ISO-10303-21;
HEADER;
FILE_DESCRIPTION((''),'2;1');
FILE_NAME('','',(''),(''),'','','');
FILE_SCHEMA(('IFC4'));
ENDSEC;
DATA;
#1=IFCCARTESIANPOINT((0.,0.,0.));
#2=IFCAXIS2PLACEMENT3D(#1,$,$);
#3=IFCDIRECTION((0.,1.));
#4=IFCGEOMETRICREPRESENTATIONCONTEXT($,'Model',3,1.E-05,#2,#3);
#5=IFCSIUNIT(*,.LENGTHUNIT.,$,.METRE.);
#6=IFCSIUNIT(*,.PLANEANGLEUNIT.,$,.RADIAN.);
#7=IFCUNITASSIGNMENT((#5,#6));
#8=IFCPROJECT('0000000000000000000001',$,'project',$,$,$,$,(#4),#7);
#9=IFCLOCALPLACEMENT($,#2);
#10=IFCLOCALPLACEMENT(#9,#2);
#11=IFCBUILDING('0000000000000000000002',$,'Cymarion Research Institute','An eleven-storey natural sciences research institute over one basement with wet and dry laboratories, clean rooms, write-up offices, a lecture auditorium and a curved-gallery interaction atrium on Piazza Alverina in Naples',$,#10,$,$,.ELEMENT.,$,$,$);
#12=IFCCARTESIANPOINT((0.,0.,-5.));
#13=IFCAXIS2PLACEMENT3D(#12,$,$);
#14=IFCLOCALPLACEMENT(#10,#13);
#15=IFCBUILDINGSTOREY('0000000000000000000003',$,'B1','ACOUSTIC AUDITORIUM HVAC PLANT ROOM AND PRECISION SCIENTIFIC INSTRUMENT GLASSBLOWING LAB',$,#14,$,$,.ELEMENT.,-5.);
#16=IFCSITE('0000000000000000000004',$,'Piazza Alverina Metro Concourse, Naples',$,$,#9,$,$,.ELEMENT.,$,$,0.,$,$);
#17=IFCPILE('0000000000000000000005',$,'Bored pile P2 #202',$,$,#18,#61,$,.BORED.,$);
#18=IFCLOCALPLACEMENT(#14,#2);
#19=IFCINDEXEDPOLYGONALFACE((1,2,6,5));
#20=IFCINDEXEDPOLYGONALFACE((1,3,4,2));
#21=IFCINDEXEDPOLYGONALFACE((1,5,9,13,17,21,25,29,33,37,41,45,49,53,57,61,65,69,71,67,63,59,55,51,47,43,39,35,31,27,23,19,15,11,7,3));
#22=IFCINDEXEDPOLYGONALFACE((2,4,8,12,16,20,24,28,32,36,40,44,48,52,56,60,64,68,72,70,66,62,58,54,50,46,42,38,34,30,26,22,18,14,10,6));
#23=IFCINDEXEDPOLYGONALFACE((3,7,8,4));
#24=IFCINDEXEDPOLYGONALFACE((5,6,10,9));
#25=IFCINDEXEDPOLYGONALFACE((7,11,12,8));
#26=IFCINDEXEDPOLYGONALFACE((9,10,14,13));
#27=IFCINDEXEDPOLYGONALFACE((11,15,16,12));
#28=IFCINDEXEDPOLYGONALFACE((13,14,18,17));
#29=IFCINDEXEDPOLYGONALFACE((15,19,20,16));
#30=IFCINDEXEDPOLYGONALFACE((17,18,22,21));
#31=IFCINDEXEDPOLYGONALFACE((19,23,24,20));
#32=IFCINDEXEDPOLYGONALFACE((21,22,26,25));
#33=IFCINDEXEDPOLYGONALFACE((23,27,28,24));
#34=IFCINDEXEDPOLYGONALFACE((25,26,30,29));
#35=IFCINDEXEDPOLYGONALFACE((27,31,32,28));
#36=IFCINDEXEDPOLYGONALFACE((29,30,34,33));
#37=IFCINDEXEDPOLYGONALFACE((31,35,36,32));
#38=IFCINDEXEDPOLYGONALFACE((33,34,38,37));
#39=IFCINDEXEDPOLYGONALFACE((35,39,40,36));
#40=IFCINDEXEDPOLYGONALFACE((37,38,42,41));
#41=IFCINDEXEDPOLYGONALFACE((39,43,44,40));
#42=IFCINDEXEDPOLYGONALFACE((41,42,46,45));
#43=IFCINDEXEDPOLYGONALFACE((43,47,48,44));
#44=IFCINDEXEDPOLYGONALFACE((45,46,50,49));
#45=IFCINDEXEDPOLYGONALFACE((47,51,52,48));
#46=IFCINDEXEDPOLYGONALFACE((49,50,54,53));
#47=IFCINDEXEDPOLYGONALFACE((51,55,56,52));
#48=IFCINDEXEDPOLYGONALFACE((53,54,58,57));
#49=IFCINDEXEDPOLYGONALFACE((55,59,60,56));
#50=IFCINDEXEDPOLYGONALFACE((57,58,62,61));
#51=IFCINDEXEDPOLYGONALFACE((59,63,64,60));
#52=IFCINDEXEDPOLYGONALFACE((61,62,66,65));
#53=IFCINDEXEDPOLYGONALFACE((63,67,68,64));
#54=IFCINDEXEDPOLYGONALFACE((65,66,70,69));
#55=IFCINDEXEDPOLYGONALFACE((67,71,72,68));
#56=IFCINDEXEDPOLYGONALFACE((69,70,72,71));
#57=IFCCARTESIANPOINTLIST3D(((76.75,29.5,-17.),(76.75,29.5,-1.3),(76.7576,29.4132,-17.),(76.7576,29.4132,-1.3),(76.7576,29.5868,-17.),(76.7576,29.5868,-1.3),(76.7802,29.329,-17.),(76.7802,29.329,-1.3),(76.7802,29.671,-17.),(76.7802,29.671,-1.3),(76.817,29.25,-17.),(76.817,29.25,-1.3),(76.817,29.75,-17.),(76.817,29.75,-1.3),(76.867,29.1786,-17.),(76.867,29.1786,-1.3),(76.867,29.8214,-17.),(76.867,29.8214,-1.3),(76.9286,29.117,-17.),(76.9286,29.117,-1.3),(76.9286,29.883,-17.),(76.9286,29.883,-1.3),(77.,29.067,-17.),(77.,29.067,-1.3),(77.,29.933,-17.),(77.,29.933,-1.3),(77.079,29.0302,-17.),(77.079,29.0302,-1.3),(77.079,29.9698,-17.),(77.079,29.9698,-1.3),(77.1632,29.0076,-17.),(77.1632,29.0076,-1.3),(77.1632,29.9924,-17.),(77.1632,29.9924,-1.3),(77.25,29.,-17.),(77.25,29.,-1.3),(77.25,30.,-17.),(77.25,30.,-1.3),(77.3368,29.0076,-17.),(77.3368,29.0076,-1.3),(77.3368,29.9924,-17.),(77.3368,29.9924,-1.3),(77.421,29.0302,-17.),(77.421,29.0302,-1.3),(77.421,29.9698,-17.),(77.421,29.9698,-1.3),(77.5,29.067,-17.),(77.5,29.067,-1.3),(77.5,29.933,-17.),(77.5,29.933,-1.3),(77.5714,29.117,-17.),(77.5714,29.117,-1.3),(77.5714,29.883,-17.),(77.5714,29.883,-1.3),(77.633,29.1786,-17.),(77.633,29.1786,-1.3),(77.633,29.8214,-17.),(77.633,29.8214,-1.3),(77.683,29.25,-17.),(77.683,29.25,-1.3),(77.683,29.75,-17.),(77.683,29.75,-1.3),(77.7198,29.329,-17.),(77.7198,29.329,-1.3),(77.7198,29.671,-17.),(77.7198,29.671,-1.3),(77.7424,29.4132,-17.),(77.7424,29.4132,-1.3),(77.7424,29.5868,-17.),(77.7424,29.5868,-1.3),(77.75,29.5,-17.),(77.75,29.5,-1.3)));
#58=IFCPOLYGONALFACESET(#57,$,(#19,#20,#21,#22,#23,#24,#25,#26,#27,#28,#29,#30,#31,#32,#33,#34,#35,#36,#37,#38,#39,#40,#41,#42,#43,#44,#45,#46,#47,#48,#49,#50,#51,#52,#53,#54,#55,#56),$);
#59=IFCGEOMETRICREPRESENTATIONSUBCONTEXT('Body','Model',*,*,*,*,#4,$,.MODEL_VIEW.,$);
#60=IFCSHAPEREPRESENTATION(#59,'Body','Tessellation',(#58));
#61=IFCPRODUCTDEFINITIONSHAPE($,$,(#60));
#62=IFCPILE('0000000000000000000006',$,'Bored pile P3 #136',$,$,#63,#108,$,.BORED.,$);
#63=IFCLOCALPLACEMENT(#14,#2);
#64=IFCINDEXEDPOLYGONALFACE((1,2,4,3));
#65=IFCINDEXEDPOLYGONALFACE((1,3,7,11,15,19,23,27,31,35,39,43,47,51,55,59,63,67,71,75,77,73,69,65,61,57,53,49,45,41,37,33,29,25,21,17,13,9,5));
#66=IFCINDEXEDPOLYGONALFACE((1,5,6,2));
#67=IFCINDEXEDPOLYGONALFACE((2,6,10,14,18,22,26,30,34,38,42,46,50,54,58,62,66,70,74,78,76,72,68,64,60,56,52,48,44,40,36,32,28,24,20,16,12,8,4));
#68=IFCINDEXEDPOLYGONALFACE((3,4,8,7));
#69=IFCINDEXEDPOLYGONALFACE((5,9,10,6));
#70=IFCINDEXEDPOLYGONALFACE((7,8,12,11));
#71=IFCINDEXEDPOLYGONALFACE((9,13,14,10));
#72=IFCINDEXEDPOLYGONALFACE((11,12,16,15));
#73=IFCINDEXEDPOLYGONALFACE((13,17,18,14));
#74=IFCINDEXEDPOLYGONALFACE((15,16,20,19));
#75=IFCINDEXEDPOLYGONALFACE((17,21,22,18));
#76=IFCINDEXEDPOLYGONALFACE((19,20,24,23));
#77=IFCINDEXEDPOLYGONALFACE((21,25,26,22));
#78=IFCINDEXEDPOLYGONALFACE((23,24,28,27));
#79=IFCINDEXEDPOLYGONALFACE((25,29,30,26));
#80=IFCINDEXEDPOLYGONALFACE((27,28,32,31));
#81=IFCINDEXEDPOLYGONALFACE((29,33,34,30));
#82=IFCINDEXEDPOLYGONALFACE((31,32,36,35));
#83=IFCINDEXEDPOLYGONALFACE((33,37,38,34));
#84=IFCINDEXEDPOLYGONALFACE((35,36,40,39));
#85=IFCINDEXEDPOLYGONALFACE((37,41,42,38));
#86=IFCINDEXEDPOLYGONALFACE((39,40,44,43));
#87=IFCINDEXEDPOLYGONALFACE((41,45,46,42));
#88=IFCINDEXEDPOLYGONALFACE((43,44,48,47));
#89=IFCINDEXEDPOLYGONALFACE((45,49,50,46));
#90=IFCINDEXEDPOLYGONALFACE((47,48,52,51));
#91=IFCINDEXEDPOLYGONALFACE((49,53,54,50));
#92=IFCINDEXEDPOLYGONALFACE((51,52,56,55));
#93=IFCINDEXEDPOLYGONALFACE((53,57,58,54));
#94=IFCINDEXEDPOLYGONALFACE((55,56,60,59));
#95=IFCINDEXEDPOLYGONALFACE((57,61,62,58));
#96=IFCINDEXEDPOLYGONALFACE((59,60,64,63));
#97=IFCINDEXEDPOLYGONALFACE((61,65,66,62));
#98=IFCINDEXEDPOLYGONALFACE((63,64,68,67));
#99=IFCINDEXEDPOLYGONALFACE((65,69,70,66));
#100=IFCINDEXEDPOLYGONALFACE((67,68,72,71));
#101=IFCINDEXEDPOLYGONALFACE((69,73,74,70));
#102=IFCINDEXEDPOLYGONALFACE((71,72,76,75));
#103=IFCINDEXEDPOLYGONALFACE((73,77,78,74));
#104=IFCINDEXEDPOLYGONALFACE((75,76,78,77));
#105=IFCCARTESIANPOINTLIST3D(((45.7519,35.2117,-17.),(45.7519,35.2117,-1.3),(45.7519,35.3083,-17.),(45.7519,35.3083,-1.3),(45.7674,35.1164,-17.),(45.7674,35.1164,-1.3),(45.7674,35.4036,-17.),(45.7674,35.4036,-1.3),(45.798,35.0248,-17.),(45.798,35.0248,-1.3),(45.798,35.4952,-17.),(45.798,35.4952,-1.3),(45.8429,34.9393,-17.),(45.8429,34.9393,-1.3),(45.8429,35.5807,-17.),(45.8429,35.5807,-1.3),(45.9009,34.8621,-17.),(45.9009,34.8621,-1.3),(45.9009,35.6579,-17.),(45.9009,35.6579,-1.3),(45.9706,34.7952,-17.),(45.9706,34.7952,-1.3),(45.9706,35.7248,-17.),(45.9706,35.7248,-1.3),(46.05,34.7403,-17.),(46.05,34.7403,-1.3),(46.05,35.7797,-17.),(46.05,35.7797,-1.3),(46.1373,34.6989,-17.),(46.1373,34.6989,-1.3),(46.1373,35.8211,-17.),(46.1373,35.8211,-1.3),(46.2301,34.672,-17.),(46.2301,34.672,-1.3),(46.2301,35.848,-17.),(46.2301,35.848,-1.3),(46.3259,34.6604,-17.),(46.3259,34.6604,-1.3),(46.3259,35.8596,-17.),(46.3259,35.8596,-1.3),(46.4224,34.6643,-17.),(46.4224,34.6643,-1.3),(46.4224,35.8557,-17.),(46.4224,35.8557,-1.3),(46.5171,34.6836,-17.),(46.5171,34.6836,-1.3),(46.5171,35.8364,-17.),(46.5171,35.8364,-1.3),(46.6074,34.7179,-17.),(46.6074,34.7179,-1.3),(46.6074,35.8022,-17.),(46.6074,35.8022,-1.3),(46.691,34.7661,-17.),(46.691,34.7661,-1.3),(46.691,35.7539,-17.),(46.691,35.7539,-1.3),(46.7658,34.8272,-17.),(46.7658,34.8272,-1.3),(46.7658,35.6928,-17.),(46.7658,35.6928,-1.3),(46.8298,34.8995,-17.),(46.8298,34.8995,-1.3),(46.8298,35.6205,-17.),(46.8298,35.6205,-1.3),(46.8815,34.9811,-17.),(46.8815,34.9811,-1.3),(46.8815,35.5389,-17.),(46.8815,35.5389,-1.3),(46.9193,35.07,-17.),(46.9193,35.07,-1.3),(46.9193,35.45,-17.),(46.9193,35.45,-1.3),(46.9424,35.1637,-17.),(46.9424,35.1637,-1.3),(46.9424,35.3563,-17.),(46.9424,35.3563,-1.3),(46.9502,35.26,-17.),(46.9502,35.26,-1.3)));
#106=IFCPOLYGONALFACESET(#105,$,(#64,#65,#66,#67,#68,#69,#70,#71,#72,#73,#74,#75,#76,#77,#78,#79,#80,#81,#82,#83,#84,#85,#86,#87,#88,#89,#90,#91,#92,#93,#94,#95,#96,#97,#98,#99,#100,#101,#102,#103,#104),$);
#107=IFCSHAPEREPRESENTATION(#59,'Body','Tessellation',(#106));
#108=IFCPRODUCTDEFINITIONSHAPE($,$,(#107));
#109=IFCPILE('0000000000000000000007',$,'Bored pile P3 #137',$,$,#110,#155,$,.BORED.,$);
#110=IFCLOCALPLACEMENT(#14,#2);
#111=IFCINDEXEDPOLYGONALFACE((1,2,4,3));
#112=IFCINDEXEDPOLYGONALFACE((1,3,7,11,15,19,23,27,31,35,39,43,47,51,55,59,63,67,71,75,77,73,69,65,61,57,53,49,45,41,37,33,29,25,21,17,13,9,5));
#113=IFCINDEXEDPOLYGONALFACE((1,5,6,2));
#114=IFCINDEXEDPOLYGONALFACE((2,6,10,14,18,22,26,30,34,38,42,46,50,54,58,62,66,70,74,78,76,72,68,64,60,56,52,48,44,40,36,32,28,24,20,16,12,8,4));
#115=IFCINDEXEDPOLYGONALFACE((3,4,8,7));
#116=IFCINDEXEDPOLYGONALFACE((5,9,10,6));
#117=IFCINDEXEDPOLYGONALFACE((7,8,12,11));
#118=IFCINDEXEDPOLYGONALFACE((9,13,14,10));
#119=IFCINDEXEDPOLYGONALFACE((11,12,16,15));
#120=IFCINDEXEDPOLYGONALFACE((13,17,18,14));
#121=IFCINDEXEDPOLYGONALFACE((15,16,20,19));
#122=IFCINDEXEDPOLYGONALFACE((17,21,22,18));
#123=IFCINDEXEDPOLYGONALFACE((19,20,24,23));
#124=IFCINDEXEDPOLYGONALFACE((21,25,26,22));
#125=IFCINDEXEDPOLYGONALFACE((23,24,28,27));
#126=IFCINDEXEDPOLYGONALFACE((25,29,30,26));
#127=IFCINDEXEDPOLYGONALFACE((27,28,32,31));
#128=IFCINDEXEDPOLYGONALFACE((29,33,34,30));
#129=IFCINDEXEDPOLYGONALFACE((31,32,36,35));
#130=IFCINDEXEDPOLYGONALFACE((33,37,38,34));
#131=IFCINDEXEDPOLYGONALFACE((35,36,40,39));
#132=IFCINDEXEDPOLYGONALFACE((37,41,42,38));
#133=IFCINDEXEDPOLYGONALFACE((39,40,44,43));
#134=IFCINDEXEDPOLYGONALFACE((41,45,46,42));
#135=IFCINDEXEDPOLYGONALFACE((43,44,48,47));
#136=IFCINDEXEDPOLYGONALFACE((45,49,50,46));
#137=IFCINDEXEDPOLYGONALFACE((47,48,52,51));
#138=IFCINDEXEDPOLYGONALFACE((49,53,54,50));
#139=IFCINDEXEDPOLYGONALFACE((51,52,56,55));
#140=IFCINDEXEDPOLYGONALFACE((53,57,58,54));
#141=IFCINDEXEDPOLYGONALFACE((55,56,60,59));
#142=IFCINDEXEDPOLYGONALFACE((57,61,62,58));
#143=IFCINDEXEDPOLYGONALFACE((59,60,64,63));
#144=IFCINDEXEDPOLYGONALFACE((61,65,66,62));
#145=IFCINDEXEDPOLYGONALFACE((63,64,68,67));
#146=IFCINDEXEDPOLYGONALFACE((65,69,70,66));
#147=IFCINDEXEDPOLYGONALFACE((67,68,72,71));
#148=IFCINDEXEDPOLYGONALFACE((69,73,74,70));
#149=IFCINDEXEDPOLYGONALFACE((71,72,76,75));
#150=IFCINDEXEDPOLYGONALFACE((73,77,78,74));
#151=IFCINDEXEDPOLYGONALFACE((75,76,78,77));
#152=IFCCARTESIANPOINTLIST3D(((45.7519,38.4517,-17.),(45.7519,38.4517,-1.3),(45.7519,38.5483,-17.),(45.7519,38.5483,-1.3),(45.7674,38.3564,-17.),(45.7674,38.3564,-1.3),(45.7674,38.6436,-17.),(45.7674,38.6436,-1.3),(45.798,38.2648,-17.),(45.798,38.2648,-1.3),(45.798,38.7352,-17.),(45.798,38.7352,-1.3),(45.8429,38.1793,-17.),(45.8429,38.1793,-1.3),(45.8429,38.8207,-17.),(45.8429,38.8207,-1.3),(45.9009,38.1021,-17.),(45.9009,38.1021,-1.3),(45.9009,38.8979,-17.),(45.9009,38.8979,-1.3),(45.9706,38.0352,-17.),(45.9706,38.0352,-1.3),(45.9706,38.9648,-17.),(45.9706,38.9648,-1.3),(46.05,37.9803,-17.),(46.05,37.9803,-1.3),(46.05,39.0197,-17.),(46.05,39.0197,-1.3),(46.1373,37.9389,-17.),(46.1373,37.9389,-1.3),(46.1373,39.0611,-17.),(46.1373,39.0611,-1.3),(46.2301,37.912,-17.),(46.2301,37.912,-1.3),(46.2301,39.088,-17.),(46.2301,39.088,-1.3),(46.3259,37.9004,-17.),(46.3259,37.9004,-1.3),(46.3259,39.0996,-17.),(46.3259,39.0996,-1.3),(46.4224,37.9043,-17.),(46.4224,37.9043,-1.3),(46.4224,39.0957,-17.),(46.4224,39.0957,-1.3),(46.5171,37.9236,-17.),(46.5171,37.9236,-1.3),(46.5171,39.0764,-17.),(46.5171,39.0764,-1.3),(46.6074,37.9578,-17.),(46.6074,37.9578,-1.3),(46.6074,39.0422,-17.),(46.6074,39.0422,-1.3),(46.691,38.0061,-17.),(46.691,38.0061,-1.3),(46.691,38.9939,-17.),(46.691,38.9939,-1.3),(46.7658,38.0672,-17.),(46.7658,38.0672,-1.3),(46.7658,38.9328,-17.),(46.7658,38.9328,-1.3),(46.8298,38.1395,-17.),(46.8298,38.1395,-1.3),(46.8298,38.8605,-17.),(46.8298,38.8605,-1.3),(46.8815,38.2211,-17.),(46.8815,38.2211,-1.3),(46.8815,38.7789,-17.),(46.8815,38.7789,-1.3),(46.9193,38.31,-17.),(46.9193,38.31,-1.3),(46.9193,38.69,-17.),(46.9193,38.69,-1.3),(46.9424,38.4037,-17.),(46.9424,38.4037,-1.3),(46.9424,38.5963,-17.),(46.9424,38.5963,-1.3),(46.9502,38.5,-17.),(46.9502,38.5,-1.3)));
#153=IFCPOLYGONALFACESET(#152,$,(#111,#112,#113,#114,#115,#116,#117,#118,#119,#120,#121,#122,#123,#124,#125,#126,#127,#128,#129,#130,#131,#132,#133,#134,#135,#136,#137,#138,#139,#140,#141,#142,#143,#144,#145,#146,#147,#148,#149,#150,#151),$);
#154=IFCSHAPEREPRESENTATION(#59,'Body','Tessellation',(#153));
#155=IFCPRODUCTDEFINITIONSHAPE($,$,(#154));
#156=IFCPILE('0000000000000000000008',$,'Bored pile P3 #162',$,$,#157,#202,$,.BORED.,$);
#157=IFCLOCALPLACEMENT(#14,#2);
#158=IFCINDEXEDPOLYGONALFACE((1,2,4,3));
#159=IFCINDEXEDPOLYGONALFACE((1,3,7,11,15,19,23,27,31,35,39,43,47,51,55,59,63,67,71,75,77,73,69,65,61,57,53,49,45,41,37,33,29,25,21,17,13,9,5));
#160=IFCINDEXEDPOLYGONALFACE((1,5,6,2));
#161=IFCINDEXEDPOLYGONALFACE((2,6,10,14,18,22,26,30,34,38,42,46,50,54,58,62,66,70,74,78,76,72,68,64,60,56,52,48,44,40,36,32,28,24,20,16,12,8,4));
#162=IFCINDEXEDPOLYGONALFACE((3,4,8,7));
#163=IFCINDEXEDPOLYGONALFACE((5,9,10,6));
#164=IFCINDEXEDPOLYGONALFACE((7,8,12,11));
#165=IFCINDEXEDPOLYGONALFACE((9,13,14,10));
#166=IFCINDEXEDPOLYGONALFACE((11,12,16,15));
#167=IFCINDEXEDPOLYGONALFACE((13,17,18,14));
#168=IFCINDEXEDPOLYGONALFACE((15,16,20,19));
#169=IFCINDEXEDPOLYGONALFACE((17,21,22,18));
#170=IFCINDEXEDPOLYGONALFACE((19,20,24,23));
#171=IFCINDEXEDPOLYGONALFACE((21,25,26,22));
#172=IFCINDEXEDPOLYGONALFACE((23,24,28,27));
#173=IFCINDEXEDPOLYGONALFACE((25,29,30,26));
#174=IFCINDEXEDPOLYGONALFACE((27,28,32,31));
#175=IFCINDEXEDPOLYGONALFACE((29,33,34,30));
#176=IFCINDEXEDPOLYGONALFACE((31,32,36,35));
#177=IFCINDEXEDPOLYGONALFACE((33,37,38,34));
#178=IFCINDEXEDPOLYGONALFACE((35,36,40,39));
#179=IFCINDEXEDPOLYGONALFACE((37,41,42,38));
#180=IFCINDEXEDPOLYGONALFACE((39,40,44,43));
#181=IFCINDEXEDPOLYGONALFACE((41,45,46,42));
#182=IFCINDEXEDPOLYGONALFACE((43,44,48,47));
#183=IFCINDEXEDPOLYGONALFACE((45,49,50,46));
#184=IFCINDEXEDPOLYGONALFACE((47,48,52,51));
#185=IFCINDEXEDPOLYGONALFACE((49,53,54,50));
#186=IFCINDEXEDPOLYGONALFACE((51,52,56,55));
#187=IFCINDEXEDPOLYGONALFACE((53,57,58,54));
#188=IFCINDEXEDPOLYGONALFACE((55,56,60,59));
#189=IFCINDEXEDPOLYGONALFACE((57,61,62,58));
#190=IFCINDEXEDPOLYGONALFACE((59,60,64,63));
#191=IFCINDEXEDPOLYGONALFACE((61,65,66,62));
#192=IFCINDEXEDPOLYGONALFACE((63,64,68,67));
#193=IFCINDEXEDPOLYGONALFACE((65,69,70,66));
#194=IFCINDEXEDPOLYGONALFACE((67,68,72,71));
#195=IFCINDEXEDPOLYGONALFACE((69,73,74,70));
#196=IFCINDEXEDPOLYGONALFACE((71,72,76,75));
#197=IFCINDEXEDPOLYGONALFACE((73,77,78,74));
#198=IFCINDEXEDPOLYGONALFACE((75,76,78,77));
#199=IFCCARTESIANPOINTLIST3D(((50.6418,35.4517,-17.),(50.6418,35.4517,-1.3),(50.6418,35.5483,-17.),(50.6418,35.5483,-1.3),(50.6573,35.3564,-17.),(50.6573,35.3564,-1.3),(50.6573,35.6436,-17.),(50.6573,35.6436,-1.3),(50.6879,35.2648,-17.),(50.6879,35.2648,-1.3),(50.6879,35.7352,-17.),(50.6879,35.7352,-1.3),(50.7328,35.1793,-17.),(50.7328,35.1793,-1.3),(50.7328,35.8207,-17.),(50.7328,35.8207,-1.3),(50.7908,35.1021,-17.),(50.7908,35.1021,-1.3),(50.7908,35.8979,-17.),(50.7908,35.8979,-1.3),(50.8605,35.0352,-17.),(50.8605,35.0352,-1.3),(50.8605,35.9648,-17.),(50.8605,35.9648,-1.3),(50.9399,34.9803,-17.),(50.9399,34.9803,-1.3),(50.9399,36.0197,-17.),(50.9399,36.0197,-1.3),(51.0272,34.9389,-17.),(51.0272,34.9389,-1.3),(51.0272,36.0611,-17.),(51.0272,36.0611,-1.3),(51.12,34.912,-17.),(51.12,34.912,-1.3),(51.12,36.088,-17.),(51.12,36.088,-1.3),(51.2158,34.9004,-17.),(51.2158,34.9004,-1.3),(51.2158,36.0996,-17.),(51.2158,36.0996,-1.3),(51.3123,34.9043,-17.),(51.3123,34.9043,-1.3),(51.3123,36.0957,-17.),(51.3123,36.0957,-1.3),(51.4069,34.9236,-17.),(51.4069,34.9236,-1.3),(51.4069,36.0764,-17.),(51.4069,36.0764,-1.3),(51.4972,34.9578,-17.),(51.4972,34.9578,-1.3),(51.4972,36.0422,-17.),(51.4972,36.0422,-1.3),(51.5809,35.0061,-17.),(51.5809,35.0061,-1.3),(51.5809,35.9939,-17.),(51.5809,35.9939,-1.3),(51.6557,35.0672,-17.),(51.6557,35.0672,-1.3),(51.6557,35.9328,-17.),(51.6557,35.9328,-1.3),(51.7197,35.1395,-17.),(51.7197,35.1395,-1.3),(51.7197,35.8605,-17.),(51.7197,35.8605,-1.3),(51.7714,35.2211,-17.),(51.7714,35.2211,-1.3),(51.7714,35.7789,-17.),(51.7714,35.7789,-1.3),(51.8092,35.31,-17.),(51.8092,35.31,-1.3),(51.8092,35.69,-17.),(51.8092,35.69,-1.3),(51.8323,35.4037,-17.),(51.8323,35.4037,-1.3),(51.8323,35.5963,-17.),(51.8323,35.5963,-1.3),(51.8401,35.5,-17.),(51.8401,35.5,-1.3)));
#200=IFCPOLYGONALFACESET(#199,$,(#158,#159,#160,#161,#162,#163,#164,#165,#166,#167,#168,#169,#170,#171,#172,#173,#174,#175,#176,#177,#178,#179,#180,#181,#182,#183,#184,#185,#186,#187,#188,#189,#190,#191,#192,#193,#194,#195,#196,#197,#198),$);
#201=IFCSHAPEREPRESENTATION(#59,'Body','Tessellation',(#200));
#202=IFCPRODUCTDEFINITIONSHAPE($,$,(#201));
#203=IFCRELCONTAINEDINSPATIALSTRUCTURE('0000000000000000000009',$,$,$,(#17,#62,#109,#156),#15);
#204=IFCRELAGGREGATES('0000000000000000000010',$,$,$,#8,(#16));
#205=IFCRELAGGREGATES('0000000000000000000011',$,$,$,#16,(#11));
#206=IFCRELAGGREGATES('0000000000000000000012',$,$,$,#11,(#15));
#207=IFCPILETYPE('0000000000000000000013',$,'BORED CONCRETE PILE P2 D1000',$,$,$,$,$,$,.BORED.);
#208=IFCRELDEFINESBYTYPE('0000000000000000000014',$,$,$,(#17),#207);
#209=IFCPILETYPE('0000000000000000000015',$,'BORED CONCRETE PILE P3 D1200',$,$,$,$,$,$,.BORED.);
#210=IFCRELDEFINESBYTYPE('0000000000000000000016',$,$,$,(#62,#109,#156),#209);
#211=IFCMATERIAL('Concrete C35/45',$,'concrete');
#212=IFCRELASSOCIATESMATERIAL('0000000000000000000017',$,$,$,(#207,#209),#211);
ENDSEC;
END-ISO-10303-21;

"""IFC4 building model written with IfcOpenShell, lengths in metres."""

from ifc_helpers import new_model, si_unit, direction, frame, origin, origin_2d, place, context, subcontext, project, spatial, circle, extrude, material, material_profile, profile_set, type_object, element, save


model = new_model("IFC4")

# Units and contexts
model_context = context("Model", 3, precision=1e-05, world=origin(), true_north=direction((0.0, 1.0)))
body_context = subcontext(model_context, "Body", "Model", "MODEL_VIEW")
ifc_project = project(units=[si_unit("LENGTHUNIT", "METRE"), si_unit("PLANEANGLEUNIT", "RADIAN")], contexts=[model_context])

# Site, building, storey
site_placement = place(None, origin())
site = spatial("IfcSite", under=ifc_project, at=site_placement, Name="Piazza Alverina Metro Concourse, Naples", CompositionType="ELEMENT", RefElevation=0.0)
building_placement = place(site_placement, origin())
building = spatial("IfcBuilding", under=site, at=building_placement, Name="Cymarion Research Institute", Description="An eleven-storey natural sciences research institute over one basement with wet and dry laboratories, clean rooms, write-up offices, a lecture auditorium and a curved-gallery interaction atrium on Piazza Alverina in Naples", CompositionType="ELEMENT")
storey_placement = place(building_placement, frame((0.0, 0.0, -5.0)))
storey = spatial("IfcBuildingStorey", under=building, at=storey_placement, Name="B1", Description="ACOUSTIC AUDITORIUM HVAC PLANT ROOM AND PRECISION SCIENTIFIC INSTRUMENT GLASSBLOWING LAB", CompositionType="ELEMENT", Elevation=-5.0)

# Piles
ifc_material_1 = material(Name="Concrete C35/45", Category="concrete")
ifc_material_profile_1 = material_profile(ifc_material_1, circle(Radius=0.5, at=origin_2d()), Name="BORED PILE D1000")
ifc_profile_set_1 = profile_set([ifc_material_profile_1], Name="Concrete C35/45")
pile_type_1 = type_object("IfcPileType", Name="BORED CONCRETE PILE P2 D1000", PredefinedType="BORED", material=ifc_profile_set_1)
for number, where, z_axis, x_axis, name in (
    (1, (77.25, 29.5, -1.3), (0.0, 0.0, -1.0), (1.0, 0.0, 0.0), "Bored pile P2 #202"),
):
    element("IfcPile", number, at=place(storey_placement, frame(where, z_axis=z_axis, x_axis=x_axis)), inside=storey, type_object=pile_type_1, Name=name, PredefinedType="BORED", context=body_context, shape_type="SweptSolid", body=[
        extrude(circle(Radius=0.5, at=origin_2d()), origin(), (0.0, 0.0, 1.0), 15.7),
    ])
ifc_material_profile_2 = material_profile(ifc_material_1, circle(Radius=0.6001, at=origin_2d()), Name="BORED PILE D1200")
ifc_profile_set_2 = profile_set([ifc_material_profile_2], Name="Concrete C35/45")
pile_type_2 = type_object("IfcPileType", Name="BORED CONCRETE PILE P3 D1200", PredefinedType="BORED", material=ifc_profile_set_2)
for number, where, z_axis, x_axis, name in (
    (2, (46.3501, 35.26, -1.3), (0.0, 0.0, -1.0), (1.0, 0.0, 0.0), "Bored pile P3 #136"),
    (3, (46.3501, 38.5, -1.3), (0.0, 0.0, -1.0), (1.0, 0.0, 0.0), "Bored pile P3 #137"),
    (4, (51.24, 35.5, -1.3), (0.0, 0.0, -1.0), (1.0, 0.0, 0.0), "Bored pile P3 #162"),
):
    element("IfcPile", number, at=place(storey_placement, frame(where, z_axis=z_axis, x_axis=x_axis)), inside=storey, type_object=pile_type_2, Name=name, PredefinedType="BORED", context=body_context, shape_type="SweptSolid", body=[
        extrude(circle(Radius=0.6001, at=origin_2d()), origin(), (0.0, 0.0, 1.0), 15.7),
    ])

save(model, "model.ifc")
